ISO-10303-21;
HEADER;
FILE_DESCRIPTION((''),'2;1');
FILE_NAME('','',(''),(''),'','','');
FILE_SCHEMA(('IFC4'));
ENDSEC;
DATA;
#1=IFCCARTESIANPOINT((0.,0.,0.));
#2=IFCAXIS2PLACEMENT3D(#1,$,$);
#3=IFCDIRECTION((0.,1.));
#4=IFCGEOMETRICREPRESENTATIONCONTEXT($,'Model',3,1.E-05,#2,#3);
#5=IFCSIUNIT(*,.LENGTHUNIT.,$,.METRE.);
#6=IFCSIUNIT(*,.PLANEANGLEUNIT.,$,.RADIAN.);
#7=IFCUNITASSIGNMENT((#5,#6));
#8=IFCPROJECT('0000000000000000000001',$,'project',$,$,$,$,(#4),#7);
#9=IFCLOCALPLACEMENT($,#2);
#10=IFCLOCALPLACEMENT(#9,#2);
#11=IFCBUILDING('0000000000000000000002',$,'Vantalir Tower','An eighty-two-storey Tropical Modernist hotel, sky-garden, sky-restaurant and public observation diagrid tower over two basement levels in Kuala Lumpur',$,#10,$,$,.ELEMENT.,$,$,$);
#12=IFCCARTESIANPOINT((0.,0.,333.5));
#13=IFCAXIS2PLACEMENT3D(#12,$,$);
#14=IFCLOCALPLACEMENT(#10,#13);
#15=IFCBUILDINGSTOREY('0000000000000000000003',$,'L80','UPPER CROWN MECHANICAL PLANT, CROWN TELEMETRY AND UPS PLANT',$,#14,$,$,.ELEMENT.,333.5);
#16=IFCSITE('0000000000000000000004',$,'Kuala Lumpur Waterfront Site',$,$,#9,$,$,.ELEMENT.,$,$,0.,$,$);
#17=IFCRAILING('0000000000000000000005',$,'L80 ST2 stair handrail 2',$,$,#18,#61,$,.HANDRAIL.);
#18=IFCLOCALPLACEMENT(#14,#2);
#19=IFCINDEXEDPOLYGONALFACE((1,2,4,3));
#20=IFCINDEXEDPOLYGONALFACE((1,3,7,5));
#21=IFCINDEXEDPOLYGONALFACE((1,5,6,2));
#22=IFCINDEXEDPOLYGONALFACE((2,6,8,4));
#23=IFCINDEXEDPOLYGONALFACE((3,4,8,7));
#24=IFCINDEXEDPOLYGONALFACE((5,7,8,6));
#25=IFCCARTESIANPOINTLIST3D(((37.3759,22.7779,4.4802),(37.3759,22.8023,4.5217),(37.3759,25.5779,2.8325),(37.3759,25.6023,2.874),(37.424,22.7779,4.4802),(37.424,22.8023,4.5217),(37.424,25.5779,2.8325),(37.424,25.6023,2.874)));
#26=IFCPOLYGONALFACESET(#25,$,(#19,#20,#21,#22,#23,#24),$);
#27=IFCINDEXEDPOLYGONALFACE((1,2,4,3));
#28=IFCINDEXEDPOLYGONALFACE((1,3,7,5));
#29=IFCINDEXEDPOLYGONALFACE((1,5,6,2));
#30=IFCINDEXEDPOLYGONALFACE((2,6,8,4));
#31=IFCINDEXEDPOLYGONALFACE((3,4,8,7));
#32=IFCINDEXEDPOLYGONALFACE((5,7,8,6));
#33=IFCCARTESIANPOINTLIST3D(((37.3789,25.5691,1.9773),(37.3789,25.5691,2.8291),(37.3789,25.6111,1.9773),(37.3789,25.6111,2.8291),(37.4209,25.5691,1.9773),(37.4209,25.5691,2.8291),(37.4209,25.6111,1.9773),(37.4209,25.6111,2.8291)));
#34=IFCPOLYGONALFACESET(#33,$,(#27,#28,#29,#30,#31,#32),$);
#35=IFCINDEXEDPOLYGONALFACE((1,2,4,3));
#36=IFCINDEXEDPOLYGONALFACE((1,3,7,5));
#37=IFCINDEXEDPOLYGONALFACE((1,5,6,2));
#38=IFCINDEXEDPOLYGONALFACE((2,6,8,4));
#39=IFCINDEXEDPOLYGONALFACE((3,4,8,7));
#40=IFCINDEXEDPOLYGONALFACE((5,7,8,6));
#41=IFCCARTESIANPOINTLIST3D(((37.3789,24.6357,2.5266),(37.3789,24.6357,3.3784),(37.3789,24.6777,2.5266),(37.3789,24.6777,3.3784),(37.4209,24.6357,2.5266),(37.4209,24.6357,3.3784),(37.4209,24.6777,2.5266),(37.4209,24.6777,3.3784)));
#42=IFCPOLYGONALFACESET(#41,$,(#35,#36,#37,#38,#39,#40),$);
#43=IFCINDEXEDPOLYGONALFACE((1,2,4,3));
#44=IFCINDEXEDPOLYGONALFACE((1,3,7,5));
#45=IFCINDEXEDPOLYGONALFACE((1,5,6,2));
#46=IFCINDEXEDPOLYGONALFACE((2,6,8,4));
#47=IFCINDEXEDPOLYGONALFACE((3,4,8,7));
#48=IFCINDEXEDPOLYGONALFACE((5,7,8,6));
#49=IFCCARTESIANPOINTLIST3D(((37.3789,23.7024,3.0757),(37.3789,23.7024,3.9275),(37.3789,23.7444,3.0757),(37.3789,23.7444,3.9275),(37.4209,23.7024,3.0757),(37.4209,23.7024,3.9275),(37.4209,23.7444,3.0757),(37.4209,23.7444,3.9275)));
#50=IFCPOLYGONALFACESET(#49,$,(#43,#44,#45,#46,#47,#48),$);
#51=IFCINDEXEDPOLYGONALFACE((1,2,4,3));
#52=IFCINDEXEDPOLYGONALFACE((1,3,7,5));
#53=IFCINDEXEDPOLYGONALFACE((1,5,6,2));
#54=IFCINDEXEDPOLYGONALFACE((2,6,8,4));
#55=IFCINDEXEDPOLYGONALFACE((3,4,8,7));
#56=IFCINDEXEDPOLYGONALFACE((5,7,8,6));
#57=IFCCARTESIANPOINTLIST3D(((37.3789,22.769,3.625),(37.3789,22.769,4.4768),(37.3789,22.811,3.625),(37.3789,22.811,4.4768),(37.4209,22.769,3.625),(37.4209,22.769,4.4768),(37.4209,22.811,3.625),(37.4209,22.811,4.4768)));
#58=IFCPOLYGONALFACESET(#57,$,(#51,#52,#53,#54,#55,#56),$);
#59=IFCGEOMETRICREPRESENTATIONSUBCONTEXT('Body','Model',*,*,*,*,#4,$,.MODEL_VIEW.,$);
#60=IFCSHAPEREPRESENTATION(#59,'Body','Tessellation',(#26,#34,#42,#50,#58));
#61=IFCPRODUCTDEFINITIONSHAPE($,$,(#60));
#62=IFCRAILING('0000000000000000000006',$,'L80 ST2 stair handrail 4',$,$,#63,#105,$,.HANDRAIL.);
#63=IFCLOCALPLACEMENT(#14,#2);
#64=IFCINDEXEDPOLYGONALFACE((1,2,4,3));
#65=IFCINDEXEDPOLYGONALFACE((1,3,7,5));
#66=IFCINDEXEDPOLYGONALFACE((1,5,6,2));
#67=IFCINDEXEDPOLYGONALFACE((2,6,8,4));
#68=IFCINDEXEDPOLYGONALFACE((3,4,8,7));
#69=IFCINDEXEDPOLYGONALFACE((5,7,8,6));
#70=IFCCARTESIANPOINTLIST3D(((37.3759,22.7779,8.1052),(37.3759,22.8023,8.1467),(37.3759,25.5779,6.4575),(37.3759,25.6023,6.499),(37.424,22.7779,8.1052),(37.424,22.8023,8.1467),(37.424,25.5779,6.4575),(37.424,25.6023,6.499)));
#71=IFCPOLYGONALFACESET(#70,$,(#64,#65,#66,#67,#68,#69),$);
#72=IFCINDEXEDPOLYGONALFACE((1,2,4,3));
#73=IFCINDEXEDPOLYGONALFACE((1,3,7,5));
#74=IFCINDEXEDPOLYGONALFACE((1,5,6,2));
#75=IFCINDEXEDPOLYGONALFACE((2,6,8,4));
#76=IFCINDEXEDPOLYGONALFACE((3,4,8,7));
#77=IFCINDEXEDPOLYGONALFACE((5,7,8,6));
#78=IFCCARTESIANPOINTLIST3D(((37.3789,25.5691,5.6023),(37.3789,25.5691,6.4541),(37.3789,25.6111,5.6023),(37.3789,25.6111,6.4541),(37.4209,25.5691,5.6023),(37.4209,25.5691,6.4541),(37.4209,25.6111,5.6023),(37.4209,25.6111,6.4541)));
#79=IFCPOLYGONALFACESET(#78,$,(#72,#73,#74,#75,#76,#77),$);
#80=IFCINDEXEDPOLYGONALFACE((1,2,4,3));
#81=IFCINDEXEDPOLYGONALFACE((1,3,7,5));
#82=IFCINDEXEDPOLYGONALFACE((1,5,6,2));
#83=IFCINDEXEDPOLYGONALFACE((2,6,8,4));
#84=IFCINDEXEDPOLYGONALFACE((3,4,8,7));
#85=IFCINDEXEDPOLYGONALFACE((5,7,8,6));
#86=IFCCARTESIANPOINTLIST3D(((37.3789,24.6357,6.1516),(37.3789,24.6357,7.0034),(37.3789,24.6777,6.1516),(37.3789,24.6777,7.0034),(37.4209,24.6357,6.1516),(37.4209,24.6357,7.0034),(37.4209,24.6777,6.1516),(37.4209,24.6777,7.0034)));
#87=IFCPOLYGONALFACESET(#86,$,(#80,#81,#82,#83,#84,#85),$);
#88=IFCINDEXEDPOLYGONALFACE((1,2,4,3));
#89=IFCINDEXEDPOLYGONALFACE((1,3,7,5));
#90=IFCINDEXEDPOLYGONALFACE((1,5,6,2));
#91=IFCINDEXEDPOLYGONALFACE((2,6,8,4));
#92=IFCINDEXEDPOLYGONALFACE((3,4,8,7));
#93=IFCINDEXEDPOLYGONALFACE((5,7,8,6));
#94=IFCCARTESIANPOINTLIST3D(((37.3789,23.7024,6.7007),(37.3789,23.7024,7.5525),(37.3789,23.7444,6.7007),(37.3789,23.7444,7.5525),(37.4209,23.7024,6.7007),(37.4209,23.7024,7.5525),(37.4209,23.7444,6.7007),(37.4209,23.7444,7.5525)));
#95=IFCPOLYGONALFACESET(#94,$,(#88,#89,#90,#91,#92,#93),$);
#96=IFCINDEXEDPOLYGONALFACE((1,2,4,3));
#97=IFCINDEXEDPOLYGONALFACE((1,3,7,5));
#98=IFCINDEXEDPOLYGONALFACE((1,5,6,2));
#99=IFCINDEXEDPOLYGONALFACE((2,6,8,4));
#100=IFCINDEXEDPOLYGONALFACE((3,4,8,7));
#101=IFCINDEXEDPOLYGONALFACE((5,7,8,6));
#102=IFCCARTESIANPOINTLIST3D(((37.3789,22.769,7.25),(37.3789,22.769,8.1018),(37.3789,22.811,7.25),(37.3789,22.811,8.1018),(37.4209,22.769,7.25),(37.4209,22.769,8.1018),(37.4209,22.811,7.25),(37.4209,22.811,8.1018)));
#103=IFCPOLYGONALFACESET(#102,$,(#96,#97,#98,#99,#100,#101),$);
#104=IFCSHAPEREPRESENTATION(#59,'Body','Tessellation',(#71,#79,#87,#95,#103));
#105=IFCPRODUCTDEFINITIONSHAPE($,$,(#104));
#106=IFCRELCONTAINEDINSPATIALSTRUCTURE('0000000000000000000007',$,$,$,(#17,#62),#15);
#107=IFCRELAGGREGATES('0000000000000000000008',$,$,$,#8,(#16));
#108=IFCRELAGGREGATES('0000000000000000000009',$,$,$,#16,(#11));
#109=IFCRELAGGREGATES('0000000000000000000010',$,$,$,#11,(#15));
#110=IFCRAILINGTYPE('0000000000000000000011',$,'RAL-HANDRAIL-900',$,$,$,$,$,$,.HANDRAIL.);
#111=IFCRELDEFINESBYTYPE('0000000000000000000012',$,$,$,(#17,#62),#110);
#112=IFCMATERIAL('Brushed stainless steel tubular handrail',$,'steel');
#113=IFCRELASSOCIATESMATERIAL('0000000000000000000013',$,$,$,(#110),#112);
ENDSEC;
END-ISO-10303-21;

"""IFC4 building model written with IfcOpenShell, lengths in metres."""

from ifc_helpers import new_model, si_unit, direction, frame, origin, origin_2d, place, context, subcontext, project, spatial, rectangle, extrude, material, type_object, element, save


model = new_model("IFC4")

# Units and contexts
model_context = context("Model", 3, precision=1e-05, world=origin(), true_north=direction((0.0, 1.0)))
body_context = subcontext(model_context, "Body", "Model", "MODEL_VIEW")
ifc_project = project(units=[si_unit("LENGTHUNIT", "METRE"), si_unit("PLANEANGLEUNIT", "RADIAN")], contexts=[model_context])

# Site, building, storey
site_placement = place(None, origin())
site = spatial("IfcSite", under=ifc_project, at=site_placement, Name="Kuala Lumpur Waterfront Site", CompositionType="ELEMENT", RefElevation=0.0)
building_placement = place(site_placement, origin())
building = spatial("IfcBuilding", under=site, at=building_placement, Name="Vantalir Tower", Description="An eighty-two-storey Tropical Modernist hotel, sky-garden, sky-restaurant and public observation diagrid tower over two basement levels in Kuala Lumpur", CompositionType="ELEMENT")
storey_placement = place(building_placement, frame((0.0, 0.0, 333.5)))
storey = spatial("IfcBuildingStorey", under=building, at=storey_placement, Name="L80", Description="UPPER CROWN MECHANICAL PLANT, CROWN TELEMETRY AND UPS PLANT", CompositionType="ELEMENT", Elevation=333.5)

# Railings
ifc_material_1 = material(Name="Brushed stainless steel tubular handrail", Category="steel")
railing_type = type_object("IfcRailingType", Name="RAL-HANDRAIL-900", PredefinedType="HANDRAIL", material=ifc_material_1)
for number, where, name in (
    (1, (37.3999, 25.5901, 1.9773), "L80 ST2 stair handrail 2"),
    (2, (37.3999, 25.5901, 5.6023), "L80 ST2 stair handrail 4"),
):
    element("IfcRailing", number, at=place(storey_placement, frame(where)), inside=storey, type_object=railing_type, Name=name, PredefinedType="HANDRAIL", context=body_context, shape_type="SweptSolid", body=[
        extrude(rectangle(XDim=0.0481, YDim=0.0481, at=origin_2d()), frame((0.0, 0.0, 0.876), z_axis=(0.0, -0.861851, 0.507161), x_axis=(1.0, 0.0, 0.0)), (0.0, 0.0, 1.0), 3.2488),
        extrude(rectangle(XDim=0.042, YDim=0.042, at=origin_2d()), origin(), (0.0, 0.0, 1.0), 0.8518),
        extrude(rectangle(XDim=0.042, YDim=0.042, at=origin_2d()), frame((0.0, -0.9333, 0.5493)), (0.0, 0.0, 1.0), 0.8518),
        extrude(rectangle(XDim=0.042, YDim=0.042, at=origin_2d()), frame((0.0, -1.8667, 1.0984)), (0.0, 0.0, 1.0), 0.8518),
        extrude(rectangle(XDim=0.042, YDim=0.042, at=origin_2d()), frame((0.0, -2.8, 1.6477)), (0.0, 0.0, 1.0), 0.8518),
    ])

save(model, "model.ifc")
